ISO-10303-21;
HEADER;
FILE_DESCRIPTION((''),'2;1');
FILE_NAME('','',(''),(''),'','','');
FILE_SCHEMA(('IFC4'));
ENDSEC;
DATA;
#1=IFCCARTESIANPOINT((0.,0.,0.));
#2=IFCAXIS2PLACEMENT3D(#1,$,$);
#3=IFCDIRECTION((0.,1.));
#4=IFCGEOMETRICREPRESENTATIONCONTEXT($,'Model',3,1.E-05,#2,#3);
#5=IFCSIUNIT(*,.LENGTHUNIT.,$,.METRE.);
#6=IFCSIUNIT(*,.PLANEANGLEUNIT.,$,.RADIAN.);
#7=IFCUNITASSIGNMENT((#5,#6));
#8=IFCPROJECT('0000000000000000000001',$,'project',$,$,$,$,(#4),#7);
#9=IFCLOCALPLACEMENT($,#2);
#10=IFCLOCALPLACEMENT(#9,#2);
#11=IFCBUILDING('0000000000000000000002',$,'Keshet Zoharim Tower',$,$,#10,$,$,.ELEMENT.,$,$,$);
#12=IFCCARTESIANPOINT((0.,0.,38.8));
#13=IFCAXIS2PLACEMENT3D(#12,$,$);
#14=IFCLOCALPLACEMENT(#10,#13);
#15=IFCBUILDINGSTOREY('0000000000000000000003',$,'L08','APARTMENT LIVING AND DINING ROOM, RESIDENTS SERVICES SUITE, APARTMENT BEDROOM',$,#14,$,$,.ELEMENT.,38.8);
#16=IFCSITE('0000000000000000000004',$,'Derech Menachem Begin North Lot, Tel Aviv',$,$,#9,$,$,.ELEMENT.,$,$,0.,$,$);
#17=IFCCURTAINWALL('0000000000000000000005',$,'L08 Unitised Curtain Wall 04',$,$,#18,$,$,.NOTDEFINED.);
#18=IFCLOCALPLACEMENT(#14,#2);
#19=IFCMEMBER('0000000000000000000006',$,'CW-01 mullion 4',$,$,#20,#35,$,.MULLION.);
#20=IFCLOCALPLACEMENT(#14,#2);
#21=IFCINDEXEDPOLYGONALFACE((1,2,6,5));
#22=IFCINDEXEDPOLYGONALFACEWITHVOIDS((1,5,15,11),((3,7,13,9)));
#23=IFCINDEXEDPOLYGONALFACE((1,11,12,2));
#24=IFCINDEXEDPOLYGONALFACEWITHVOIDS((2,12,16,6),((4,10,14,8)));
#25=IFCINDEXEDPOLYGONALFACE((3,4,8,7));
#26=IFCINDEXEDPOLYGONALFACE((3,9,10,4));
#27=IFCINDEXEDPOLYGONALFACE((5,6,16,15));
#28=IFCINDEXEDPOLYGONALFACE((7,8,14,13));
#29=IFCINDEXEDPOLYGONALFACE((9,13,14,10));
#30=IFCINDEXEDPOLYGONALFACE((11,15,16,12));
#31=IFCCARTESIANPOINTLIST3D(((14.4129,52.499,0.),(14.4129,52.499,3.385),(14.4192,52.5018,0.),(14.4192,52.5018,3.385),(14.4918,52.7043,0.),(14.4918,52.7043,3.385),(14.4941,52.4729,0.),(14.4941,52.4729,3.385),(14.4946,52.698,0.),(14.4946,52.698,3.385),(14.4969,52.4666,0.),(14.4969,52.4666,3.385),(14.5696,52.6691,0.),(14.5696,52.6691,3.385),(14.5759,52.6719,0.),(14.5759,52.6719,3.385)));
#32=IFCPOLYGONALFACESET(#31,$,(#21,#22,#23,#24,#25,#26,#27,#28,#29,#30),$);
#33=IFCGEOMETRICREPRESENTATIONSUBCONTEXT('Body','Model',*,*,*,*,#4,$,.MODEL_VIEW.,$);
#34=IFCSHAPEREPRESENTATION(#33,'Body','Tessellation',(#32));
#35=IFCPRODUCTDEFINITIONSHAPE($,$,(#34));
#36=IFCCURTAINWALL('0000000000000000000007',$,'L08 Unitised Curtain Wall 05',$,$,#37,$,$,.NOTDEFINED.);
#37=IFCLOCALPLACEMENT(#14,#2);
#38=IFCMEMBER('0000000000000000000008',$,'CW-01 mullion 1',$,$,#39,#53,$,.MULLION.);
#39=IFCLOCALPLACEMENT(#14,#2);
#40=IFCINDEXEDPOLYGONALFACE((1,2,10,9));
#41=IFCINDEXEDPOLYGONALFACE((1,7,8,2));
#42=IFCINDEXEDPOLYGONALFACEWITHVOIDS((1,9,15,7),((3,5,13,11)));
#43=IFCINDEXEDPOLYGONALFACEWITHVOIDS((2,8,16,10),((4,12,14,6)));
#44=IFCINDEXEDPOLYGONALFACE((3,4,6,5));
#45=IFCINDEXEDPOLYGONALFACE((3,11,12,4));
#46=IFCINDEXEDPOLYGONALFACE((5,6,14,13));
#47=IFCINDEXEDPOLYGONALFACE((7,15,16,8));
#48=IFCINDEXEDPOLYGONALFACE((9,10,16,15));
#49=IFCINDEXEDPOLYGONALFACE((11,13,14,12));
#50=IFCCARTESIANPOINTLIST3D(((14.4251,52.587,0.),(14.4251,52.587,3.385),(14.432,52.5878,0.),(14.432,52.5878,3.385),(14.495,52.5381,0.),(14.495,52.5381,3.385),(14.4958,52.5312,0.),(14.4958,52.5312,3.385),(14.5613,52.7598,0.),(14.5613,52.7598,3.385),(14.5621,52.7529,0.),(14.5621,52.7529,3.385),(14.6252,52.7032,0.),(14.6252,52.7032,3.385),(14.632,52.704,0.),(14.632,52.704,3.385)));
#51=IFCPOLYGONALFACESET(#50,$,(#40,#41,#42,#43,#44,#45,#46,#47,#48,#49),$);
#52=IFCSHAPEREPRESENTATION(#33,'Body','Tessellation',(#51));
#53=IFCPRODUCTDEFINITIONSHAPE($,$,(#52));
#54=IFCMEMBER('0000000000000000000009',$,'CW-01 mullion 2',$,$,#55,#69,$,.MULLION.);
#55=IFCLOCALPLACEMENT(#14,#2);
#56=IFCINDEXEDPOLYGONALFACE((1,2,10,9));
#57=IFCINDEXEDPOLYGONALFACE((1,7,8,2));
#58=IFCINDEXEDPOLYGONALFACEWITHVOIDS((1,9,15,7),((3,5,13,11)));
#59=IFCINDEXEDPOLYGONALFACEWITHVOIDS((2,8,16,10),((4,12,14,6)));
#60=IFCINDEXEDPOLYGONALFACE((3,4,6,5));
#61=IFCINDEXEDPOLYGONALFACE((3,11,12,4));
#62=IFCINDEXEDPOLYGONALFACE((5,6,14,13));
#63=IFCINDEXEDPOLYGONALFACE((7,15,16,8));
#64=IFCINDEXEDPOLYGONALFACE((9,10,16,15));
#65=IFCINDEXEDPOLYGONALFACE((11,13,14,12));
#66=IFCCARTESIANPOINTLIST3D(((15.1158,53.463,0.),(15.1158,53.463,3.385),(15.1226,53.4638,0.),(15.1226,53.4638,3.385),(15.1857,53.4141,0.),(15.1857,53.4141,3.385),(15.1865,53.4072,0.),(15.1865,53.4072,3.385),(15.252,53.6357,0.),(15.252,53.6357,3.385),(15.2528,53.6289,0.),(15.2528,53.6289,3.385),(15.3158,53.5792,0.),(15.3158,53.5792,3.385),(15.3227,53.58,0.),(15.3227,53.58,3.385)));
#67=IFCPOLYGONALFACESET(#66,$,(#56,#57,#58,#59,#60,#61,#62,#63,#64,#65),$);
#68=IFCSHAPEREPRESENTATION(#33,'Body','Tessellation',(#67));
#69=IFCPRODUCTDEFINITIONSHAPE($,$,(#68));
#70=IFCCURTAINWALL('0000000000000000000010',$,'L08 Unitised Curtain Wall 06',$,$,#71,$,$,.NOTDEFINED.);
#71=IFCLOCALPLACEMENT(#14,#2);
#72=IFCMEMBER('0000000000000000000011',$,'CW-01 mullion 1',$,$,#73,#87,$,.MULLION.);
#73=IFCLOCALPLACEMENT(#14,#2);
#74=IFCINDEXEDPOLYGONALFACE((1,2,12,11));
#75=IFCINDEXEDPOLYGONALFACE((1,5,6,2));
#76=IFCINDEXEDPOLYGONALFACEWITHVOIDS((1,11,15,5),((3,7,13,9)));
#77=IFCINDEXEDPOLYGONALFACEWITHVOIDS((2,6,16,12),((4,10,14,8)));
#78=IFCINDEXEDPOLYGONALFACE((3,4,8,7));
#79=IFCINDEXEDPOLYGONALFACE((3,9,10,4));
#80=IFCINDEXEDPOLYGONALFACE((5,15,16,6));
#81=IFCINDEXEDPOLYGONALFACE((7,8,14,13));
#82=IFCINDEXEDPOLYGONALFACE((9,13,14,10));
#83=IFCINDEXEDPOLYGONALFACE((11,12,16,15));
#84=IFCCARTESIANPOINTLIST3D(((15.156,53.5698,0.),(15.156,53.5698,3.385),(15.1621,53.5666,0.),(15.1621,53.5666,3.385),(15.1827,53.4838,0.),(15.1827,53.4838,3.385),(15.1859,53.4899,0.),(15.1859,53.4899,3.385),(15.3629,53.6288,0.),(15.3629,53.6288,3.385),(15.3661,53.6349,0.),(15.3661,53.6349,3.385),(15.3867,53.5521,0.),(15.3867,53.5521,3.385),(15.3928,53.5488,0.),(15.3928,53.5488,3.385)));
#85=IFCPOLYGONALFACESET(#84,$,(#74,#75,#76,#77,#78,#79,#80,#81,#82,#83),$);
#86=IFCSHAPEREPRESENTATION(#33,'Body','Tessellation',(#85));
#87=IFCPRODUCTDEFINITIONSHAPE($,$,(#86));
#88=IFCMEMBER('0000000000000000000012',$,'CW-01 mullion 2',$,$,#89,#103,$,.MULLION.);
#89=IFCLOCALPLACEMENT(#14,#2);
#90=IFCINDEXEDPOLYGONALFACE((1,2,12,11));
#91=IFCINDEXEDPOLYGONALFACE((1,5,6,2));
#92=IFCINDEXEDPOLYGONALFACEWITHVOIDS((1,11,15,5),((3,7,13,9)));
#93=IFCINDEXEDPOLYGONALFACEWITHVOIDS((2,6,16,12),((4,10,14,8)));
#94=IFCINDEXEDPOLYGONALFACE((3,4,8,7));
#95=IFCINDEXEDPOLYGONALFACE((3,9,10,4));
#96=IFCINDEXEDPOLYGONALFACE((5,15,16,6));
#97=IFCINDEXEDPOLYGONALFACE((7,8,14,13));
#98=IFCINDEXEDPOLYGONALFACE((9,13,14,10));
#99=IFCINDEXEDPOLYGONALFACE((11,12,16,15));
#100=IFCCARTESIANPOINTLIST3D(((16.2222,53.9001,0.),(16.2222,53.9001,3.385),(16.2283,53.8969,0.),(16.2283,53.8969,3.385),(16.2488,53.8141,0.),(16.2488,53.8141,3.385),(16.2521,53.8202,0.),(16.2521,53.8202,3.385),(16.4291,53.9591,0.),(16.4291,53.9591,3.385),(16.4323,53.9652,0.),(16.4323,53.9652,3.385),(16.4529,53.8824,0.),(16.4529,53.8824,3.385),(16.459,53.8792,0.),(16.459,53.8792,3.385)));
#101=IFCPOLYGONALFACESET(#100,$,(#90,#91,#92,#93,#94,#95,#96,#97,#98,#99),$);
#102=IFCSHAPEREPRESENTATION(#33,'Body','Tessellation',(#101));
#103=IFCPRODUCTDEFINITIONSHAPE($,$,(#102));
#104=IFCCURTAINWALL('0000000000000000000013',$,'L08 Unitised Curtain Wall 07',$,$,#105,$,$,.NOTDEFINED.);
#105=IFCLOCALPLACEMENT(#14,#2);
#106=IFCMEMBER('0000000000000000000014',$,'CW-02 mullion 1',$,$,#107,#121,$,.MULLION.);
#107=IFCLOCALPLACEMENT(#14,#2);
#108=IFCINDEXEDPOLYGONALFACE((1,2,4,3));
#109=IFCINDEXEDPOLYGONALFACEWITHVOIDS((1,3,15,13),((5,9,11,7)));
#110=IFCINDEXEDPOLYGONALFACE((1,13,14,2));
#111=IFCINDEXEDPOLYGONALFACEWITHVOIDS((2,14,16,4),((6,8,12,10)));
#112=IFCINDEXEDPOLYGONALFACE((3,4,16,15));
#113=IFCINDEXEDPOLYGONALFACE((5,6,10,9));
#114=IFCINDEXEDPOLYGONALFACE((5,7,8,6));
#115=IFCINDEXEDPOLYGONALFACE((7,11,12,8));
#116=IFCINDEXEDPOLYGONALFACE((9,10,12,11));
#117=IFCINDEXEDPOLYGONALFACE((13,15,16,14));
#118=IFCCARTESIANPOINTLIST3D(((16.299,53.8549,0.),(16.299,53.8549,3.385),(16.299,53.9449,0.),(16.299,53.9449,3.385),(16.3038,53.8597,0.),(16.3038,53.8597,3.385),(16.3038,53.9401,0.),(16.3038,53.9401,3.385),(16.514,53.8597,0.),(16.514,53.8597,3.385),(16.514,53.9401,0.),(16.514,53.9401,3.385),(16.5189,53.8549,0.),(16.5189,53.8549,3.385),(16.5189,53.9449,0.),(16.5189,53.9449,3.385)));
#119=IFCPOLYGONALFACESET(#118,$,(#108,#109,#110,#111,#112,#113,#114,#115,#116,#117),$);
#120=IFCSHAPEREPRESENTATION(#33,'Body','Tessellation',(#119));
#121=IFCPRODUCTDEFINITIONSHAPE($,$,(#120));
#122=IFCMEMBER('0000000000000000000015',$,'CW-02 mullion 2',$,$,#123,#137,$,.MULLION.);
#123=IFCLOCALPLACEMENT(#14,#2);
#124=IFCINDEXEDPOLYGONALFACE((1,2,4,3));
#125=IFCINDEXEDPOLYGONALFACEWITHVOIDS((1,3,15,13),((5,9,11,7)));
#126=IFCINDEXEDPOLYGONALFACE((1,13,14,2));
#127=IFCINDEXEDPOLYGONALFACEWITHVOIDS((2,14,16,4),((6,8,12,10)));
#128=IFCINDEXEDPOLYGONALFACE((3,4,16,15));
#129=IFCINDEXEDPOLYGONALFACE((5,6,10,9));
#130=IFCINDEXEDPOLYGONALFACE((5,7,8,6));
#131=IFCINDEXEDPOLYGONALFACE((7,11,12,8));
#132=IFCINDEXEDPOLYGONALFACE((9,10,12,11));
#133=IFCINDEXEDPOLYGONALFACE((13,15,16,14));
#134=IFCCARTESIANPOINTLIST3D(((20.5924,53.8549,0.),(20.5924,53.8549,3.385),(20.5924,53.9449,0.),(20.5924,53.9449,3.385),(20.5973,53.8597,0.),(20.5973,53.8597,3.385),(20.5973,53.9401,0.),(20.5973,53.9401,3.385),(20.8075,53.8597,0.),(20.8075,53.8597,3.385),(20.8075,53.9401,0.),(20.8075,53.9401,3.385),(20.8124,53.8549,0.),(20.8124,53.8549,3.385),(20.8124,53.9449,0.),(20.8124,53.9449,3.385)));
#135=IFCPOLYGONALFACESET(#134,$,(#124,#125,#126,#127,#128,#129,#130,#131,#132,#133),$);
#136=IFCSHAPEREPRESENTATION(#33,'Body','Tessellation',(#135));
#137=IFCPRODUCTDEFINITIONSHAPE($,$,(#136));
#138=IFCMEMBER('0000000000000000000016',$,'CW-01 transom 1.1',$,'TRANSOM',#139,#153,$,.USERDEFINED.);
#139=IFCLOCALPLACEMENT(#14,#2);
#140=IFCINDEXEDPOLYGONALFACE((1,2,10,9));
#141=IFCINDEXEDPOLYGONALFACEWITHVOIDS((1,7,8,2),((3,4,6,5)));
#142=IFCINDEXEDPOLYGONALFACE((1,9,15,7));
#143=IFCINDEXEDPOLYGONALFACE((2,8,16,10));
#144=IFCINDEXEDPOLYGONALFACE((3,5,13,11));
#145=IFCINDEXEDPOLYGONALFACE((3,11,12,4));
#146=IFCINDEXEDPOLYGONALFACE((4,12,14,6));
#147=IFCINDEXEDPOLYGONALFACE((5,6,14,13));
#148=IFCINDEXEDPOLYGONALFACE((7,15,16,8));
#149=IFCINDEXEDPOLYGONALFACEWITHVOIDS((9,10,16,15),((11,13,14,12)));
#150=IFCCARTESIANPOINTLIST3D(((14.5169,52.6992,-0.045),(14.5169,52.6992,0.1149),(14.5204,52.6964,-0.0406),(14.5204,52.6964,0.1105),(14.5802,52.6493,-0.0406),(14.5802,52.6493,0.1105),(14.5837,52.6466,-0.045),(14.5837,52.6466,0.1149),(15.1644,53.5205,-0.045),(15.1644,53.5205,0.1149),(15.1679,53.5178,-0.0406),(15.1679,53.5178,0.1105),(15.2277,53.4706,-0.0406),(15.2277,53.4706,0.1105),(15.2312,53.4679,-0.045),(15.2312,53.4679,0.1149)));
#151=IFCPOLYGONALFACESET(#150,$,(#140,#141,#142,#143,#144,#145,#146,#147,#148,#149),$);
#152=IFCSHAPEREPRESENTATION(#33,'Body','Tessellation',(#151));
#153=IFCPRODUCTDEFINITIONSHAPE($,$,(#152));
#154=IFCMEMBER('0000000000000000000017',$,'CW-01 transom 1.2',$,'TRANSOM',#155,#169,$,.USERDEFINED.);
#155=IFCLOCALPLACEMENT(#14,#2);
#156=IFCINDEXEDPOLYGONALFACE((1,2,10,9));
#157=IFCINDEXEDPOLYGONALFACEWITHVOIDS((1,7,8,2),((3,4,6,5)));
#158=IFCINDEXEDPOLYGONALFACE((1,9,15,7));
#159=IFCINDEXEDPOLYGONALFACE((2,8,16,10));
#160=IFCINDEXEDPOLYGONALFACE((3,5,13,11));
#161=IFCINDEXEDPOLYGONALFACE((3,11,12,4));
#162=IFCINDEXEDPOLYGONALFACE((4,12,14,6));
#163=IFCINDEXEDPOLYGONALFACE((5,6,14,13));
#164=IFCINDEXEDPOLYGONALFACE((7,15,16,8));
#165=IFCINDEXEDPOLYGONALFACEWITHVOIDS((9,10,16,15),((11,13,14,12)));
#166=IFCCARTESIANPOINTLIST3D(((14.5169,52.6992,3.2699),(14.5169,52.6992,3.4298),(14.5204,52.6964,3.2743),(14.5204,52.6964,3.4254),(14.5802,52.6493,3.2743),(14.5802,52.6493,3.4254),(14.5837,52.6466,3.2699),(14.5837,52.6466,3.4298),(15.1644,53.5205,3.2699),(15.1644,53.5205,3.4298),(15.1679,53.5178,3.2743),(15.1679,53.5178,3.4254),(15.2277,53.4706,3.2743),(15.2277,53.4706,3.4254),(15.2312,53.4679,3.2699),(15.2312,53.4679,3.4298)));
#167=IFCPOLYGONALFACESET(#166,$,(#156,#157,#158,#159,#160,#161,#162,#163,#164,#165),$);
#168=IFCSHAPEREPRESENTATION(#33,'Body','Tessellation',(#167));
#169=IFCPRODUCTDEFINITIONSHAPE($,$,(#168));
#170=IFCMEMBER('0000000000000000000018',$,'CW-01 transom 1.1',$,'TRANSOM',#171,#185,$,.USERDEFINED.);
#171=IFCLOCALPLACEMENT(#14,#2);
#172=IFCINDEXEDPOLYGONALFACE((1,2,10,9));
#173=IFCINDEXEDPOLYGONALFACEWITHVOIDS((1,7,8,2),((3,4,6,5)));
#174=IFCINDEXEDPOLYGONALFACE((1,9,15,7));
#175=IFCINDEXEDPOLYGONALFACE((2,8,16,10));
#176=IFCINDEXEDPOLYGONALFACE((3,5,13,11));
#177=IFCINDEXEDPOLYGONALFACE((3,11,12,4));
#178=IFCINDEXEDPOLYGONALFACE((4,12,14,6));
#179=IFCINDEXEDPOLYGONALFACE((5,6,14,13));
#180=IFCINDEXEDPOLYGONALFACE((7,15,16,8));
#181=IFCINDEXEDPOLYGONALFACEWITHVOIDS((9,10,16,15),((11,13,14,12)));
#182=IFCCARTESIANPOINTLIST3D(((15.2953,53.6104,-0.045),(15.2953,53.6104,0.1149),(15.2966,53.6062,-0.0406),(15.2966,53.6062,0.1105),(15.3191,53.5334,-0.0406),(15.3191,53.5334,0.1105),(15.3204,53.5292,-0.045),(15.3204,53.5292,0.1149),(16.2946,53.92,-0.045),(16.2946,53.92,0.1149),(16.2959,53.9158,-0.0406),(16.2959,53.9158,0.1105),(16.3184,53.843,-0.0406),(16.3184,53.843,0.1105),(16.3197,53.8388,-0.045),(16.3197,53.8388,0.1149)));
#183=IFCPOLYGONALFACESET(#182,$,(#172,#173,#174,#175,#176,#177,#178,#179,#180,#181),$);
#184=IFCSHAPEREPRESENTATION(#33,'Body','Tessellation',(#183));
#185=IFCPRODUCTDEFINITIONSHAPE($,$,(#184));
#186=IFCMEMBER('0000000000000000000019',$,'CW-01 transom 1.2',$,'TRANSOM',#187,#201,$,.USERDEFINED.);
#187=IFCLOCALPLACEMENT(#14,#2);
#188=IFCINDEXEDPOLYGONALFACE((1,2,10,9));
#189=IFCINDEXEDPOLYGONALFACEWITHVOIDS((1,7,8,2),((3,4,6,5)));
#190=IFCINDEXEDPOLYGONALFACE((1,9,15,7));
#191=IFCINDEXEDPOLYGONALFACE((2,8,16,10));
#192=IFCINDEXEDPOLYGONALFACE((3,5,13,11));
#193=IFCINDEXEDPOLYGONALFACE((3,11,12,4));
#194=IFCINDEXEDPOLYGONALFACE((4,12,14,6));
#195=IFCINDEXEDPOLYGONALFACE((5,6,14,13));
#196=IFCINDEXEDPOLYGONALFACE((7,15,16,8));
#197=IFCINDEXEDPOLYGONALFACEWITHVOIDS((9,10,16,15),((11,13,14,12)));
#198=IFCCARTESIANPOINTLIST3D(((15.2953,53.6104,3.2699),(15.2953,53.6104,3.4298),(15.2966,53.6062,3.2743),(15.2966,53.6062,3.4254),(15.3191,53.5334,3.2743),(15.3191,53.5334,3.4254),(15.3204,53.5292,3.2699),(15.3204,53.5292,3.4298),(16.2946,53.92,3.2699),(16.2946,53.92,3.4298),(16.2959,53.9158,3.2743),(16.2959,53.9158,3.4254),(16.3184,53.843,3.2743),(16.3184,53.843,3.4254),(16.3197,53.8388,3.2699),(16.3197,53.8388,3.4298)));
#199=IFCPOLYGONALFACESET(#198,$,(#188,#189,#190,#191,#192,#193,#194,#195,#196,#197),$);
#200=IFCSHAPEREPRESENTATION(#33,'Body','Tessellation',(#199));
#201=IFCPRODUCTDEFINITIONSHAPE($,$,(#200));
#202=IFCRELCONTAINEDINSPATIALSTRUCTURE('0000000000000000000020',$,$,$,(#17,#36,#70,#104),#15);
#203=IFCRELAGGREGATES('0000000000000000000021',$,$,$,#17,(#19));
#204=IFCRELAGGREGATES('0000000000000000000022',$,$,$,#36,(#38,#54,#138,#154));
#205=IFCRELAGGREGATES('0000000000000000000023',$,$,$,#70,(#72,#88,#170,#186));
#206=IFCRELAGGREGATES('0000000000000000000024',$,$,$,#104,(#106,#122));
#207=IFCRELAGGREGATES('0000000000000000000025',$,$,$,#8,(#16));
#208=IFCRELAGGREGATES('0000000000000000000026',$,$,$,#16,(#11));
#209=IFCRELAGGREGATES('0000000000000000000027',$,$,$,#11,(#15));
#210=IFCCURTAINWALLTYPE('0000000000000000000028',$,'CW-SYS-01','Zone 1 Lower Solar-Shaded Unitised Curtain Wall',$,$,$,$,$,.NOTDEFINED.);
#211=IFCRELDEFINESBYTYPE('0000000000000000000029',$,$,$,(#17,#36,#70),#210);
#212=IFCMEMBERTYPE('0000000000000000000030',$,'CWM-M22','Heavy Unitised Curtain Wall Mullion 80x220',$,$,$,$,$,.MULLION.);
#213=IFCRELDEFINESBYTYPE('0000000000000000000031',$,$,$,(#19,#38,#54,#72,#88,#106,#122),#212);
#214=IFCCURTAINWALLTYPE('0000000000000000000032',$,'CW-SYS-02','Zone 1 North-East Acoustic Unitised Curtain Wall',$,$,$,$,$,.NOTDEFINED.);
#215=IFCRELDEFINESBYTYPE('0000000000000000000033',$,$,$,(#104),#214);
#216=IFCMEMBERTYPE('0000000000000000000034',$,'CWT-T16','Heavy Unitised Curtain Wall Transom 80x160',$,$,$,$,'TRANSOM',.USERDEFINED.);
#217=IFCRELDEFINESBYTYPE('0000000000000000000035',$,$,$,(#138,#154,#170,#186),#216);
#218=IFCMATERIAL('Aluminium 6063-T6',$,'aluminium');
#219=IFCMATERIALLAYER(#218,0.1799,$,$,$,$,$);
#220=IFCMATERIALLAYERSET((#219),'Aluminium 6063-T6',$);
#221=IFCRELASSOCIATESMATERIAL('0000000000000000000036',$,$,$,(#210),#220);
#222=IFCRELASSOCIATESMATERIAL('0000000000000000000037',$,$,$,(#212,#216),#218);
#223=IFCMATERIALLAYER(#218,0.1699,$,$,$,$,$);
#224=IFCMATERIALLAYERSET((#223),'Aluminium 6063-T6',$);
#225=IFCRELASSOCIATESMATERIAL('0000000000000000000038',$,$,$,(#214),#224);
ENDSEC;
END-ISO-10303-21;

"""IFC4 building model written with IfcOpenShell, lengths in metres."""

from ifc_helpers import new_model, si_unit, direction, frame, origin, origin_2d, place, context, subcontext, project, spatial, hollow_rectangle, extrude, material, layer, layer_set, material_profile, profile_set, type_object, element, aggregate, save


model = new_model("IFC4")

# Units and contexts
model_context = context("Model", 3, precision=1e-05, world=origin(), true_north=direction((0.0, 1.0)))
body_context = subcontext(model_context, "Body", "Model", "MODEL_VIEW")
ifc_project = project(units=[si_unit("LENGTHUNIT", "METRE"), si_unit("PLANEANGLEUNIT", "RADIAN")], contexts=[model_context])

# Site, building, storey
site_placement = place(None, origin())
site = spatial("IfcSite", under=ifc_project, at=site_placement, Name="Derech Menachem Begin North Lot, Tel Aviv", CompositionType="ELEMENT", RefElevation=0.0)
building_placement = place(site_placement, origin())
building = spatial("IfcBuilding", under=site, at=building_placement, Name="Keshet Zoharim Tower", CompositionType="ELEMENT")
storey_placement = place(building_placement, frame((0.0, 0.0, 38.8)))
storey = spatial("IfcBuildingStorey", under=building, at=storey_placement, Name="L08", Description="APARTMENT LIVING AND DINING ROOM, RESIDENTS SERVICES SUITE, APARTMENT BEDROOM", CompositionType="ELEMENT", Elevation=38.8)

# Curtain wall, member
ifc_material_1 = material(Name="Aluminium 6063-T6", Category="aluminium")
ifc_layer_1 = layer(ifc_material_1, 0.1799)
ifc_layer_set_1 = layer_set([ifc_layer_1], Name="Aluminium 6063-T6")
curtain_wall_type_1 = type_object("IfcCurtainWallType", Name="CW-SYS-01", Description="Zone 1 Lower Solar-Shaded Unitised Curtain Wall", PredefinedType="NOTDEFINED", material=ifc_layer_set_1)
curtain_wall_1_placement = place(storey_placement, origin())
curtain_wall_1 = element("IfcCurtainWall", 1, at=curtain_wall_1_placement, inside=storey, type_object=curtain_wall_type_1, Name="L08 Unitised Curtain Wall 04", PredefinedType="NOTDEFINED")
ifc_material_profile_1 = material_profile(ifc_material_1, hollow_rectangle(XDim=0.0901, YDim=0.22, WallThickness=0.0049, at=origin_2d()), Name="MUL-90x220")
ifc_profile_set_1 = profile_set([ifc_material_profile_1], Name="Aluminium 6063-T6")
member_type_1 = type_object("IfcMemberType", Name="CWM-M22", Description="Heavy Unitised Curtain Wall Mullion 80x220", PredefinedType="MULLION", material=ifc_profile_set_1)
member_1_placement = place(storey_placement, frame((14.4944, 52.5854, 0.0), z_axis=(0.0, 0.0, 1.0), x_axis=(-0.933341, 0.35899, 0.0)))
member_1 = element("IfcMember", 2, at=member_1_placement, type_object=member_type_1, Name="CW-01 mullion 4", PredefinedType="MULLION", context=body_context, shape_type="SweptSolid", body=[
    extrude(hollow_rectangle(XDim=0.0901, YDim=0.22, WallThickness=0.0049, at=origin_2d()), origin(), (0.0, 0.0, 1.0), 3.385),
])
aggregate(curtain_wall_1, [member_1])

# Curtain walls, members
curtain_wall_2_placement = place(storey_placement, origin())
curtain_wall_2 = element("IfcCurtainWall", 3, at=curtain_wall_2_placement, inside=storey, type_object=curtain_wall_type_1, Name="L08 Unitised Curtain Wall 05", PredefinedType="NOTDEFINED")
member_2_placement = place(storey_placement, frame((14.5286, 52.6455, 0.0), z_axis=(0.0, 0.0, 1.0), x_axis=(-0.785293, 0.619125, 0.0)))
member_2 = element("IfcMember", 4, at=member_2_placement, type_object=member_type_1, Name="CW-01 mullion 1", PredefinedType="MULLION", context=body_context, shape_type="SweptSolid", body=[
    extrude(hollow_rectangle(XDim=0.0901, YDim=0.22, WallThickness=0.0049, at=origin_2d()), origin(), (0.0, 0.0, 1.0), 3.385),
])
member_3_placement = place(storey_placement, frame((15.2192, 53.5215, 0.0), z_axis=(0.0, 0.0, 1.0), x_axis=(-0.785293, 0.619125, 0.0)))
member_3 = element("IfcMember", 5, at=member_3_placement, type_object=member_type_1, Name="CW-01 mullion 2", PredefinedType="MULLION", context=body_context, shape_type="SweptSolid", body=[
    extrude(hollow_rectangle(XDim=0.0901, YDim=0.22, WallThickness=0.0049, at=origin_2d()), origin(), (0.0, 0.0, 1.0), 3.385),
])
curtain_wall_3_placement = place(storey_placement, origin())
curtain_wall_3 = element("IfcCurtainWall", 6, at=curtain_wall_3_placement, inside=storey, type_object=curtain_wall_type_1, Name="L08 Unitised Curtain Wall 06", PredefinedType="NOTDEFINED")
member_4_placement = place(storey_placement, frame((15.2744, 53.5593, 0.0), z_axis=(0.0, 0.0, 1.0), x_axis=(-0.295922, 0.955212, 0.0)))
member_4 = element("IfcMember", 7, at=member_4_placement, type_object=member_type_1, Name="CW-01 mullion 1", PredefinedType="MULLION", context=body_context, shape_type="SweptSolid", body=[
    extrude(hollow_rectangle(XDim=0.0901, YDim=0.22, WallThickness=0.0049, at=origin_2d()), origin(), (0.0, 0.0, 1.0), 3.385),
])
member_5_placement = place(storey_placement, frame((16.3406, 53.8896, 0.0), z_axis=(0.0, 0.0, 1.0), x_axis=(-0.295922, 0.955212, 0.0)))
member_5 = element("IfcMember", 8, at=member_5_placement, type_object=member_type_1, Name="CW-01 mullion 2", PredefinedType="MULLION", context=body_context, shape_type="SweptSolid", body=[
    extrude(hollow_rectangle(XDim=0.0901, YDim=0.22, WallThickness=0.0049, at=origin_2d()), origin(), (0.0, 0.0, 1.0), 3.385),
])
ifc_layer_2 = layer(ifc_material_1, 0.1699)
ifc_layer_set_2 = layer_set([ifc_layer_2], Name="Aluminium 6063-T6")
curtain_wall_type_2 = type_object("IfcCurtainWallType", Name="CW-SYS-02", Description="Zone 1 North-East Acoustic Unitised Curtain Wall", PredefinedType="NOTDEFINED", material=ifc_layer_set_2)
curtain_wall_4_placement = place(storey_placement, origin())
curtain_wall_4 = element("IfcCurtainWall", 9, at=curtain_wall_4_placement, inside=storey, type_object=curtain_wall_type_2, Name="L08 Unitised Curtain Wall 07", PredefinedType="NOTDEFINED")
member_6_placement = place(storey_placement, frame((16.4089, 53.8999, 0.0), z_axis=(0.0, 0.0, 1.0), x_axis=(0.0, 1.0, 0.0)))
member_6 = element("IfcMember", 10, at=member_6_placement, type_object=member_type_1, Name="CW-02 mullion 1", PredefinedType="MULLION", context=body_context, shape_type="SweptSolid", body=[
    extrude(hollow_rectangle(XDim=0.0901, YDim=0.22, WallThickness=0.0049, at=origin_2d()), origin(), (0.0, 0.0, 1.0), 3.385),
])
member_7_placement = place(storey_placement, frame((20.7024, 53.8999, 0.0), z_axis=(0.0, 0.0, 1.0), x_axis=(0.0, 1.0, 0.0)))
member_7 = element("IfcMember", 11, at=member_7_placement, type_object=member_type_1, Name="CW-02 mullion 2", PredefinedType="MULLION", context=body_context, shape_type="SweptSolid", body=[
    extrude(hollow_rectangle(XDim=0.0901, YDim=0.22, WallThickness=0.0049, at=origin_2d()), origin(), (0.0, 0.0, 1.0), 3.385),
])

# Members
ifc_material_profile_2 = material_profile(ifc_material_1, hollow_rectangle(XDim=0.085, YDim=0.1599, WallThickness=0.0044, at=origin_2d()), Name="TRN-85x160")
ifc_profile_set_2 = profile_set([ifc_material_profile_2], Name="Aluminium 6063-T6")
member_type_2 = type_object("IfcMemberType", Name="CWT-T16", Description="Heavy Unitised Curtain Wall Transom 80x160", ElementType="TRANSOM", PredefinedType="USERDEFINED", material=ifc_profile_set_2)
member_8_placement = place(storey_placement, frame((14.5503, 52.6729, 0.0349), z_axis=(0.619099, 0.785313, 0.0), x_axis=(-0.785313, 0.619099, 0.0)))
member_8 = element("IfcMember", 12, at=member_8_placement, type_object=member_type_2, Name="CW-01 transom 1.1", ObjectType="TRANSOM", PredefinedType="USERDEFINED", context=body_context, shape_type="SweptSolid", body=[
    extrude(hollow_rectangle(XDim=0.085, YDim=0.1599, WallThickness=0.0044, at=origin_2d()), origin(), (0.0, 0.0, 1.0), 1.0459),
])
member_9_placement = place(storey_placement, frame((14.5503, 52.6729, 3.3499), z_axis=(0.619099, 0.785313, 0.0), x_axis=(-0.785313, 0.619099, 0.0)))
member_9 = element("IfcMember", 13, at=member_9_placement, type_object=member_type_2, Name="CW-01 transom 1.2", ObjectType="TRANSOM", PredefinedType="USERDEFINED", context=body_context, shape_type="SweptSolid", body=[
    extrude(hollow_rectangle(XDim=0.085, YDim=0.1599, WallThickness=0.0044, at=origin_2d()), origin(), (0.0, 0.0, 1.0), 1.0459),
])
member_10_placement = place(storey_placement, frame((15.3079, 53.5698, 0.0349), z_axis=(0.955212, 0.295922, 0.0), x_axis=(-0.295922, 0.955212, 0.0)))
member_10 = element("IfcMember", 14, at=member_10_placement, type_object=member_type_2, Name="CW-01 transom 1.1", ObjectType="TRANSOM", PredefinedType="USERDEFINED", context=body_context, shape_type="SweptSolid", body=[
    extrude(hollow_rectangle(XDim=0.085, YDim=0.1599, WallThickness=0.0044, at=origin_2d()), origin(), (0.0, 0.0, 1.0), 1.0461),
])
member_11_placement = place(storey_placement, frame((15.3079, 53.5698, 3.3499), z_axis=(0.955212, 0.295922, 0.0), x_axis=(-0.295922, 0.955212, 0.0)))
member_11 = element("IfcMember", 15, at=member_11_placement, type_object=member_type_2, Name="CW-01 transom 1.2", ObjectType="TRANSOM", PredefinedType="USERDEFINED", context=body_context, shape_type="SweptSolid", body=[
    extrude(hollow_rectangle(XDim=0.085, YDim=0.1599, WallThickness=0.0044, at=origin_2d()), origin(), (0.0, 0.0, 1.0), 1.0461),
])

aggregate(curtain_wall_2, [member_2, member_3, member_8, member_9])
aggregate(curtain_wall_3, [member_4, member_5, member_10, member_11])
aggregate(curtain_wall_4, [member_6, member_7])

save(model, "model.ifc")
